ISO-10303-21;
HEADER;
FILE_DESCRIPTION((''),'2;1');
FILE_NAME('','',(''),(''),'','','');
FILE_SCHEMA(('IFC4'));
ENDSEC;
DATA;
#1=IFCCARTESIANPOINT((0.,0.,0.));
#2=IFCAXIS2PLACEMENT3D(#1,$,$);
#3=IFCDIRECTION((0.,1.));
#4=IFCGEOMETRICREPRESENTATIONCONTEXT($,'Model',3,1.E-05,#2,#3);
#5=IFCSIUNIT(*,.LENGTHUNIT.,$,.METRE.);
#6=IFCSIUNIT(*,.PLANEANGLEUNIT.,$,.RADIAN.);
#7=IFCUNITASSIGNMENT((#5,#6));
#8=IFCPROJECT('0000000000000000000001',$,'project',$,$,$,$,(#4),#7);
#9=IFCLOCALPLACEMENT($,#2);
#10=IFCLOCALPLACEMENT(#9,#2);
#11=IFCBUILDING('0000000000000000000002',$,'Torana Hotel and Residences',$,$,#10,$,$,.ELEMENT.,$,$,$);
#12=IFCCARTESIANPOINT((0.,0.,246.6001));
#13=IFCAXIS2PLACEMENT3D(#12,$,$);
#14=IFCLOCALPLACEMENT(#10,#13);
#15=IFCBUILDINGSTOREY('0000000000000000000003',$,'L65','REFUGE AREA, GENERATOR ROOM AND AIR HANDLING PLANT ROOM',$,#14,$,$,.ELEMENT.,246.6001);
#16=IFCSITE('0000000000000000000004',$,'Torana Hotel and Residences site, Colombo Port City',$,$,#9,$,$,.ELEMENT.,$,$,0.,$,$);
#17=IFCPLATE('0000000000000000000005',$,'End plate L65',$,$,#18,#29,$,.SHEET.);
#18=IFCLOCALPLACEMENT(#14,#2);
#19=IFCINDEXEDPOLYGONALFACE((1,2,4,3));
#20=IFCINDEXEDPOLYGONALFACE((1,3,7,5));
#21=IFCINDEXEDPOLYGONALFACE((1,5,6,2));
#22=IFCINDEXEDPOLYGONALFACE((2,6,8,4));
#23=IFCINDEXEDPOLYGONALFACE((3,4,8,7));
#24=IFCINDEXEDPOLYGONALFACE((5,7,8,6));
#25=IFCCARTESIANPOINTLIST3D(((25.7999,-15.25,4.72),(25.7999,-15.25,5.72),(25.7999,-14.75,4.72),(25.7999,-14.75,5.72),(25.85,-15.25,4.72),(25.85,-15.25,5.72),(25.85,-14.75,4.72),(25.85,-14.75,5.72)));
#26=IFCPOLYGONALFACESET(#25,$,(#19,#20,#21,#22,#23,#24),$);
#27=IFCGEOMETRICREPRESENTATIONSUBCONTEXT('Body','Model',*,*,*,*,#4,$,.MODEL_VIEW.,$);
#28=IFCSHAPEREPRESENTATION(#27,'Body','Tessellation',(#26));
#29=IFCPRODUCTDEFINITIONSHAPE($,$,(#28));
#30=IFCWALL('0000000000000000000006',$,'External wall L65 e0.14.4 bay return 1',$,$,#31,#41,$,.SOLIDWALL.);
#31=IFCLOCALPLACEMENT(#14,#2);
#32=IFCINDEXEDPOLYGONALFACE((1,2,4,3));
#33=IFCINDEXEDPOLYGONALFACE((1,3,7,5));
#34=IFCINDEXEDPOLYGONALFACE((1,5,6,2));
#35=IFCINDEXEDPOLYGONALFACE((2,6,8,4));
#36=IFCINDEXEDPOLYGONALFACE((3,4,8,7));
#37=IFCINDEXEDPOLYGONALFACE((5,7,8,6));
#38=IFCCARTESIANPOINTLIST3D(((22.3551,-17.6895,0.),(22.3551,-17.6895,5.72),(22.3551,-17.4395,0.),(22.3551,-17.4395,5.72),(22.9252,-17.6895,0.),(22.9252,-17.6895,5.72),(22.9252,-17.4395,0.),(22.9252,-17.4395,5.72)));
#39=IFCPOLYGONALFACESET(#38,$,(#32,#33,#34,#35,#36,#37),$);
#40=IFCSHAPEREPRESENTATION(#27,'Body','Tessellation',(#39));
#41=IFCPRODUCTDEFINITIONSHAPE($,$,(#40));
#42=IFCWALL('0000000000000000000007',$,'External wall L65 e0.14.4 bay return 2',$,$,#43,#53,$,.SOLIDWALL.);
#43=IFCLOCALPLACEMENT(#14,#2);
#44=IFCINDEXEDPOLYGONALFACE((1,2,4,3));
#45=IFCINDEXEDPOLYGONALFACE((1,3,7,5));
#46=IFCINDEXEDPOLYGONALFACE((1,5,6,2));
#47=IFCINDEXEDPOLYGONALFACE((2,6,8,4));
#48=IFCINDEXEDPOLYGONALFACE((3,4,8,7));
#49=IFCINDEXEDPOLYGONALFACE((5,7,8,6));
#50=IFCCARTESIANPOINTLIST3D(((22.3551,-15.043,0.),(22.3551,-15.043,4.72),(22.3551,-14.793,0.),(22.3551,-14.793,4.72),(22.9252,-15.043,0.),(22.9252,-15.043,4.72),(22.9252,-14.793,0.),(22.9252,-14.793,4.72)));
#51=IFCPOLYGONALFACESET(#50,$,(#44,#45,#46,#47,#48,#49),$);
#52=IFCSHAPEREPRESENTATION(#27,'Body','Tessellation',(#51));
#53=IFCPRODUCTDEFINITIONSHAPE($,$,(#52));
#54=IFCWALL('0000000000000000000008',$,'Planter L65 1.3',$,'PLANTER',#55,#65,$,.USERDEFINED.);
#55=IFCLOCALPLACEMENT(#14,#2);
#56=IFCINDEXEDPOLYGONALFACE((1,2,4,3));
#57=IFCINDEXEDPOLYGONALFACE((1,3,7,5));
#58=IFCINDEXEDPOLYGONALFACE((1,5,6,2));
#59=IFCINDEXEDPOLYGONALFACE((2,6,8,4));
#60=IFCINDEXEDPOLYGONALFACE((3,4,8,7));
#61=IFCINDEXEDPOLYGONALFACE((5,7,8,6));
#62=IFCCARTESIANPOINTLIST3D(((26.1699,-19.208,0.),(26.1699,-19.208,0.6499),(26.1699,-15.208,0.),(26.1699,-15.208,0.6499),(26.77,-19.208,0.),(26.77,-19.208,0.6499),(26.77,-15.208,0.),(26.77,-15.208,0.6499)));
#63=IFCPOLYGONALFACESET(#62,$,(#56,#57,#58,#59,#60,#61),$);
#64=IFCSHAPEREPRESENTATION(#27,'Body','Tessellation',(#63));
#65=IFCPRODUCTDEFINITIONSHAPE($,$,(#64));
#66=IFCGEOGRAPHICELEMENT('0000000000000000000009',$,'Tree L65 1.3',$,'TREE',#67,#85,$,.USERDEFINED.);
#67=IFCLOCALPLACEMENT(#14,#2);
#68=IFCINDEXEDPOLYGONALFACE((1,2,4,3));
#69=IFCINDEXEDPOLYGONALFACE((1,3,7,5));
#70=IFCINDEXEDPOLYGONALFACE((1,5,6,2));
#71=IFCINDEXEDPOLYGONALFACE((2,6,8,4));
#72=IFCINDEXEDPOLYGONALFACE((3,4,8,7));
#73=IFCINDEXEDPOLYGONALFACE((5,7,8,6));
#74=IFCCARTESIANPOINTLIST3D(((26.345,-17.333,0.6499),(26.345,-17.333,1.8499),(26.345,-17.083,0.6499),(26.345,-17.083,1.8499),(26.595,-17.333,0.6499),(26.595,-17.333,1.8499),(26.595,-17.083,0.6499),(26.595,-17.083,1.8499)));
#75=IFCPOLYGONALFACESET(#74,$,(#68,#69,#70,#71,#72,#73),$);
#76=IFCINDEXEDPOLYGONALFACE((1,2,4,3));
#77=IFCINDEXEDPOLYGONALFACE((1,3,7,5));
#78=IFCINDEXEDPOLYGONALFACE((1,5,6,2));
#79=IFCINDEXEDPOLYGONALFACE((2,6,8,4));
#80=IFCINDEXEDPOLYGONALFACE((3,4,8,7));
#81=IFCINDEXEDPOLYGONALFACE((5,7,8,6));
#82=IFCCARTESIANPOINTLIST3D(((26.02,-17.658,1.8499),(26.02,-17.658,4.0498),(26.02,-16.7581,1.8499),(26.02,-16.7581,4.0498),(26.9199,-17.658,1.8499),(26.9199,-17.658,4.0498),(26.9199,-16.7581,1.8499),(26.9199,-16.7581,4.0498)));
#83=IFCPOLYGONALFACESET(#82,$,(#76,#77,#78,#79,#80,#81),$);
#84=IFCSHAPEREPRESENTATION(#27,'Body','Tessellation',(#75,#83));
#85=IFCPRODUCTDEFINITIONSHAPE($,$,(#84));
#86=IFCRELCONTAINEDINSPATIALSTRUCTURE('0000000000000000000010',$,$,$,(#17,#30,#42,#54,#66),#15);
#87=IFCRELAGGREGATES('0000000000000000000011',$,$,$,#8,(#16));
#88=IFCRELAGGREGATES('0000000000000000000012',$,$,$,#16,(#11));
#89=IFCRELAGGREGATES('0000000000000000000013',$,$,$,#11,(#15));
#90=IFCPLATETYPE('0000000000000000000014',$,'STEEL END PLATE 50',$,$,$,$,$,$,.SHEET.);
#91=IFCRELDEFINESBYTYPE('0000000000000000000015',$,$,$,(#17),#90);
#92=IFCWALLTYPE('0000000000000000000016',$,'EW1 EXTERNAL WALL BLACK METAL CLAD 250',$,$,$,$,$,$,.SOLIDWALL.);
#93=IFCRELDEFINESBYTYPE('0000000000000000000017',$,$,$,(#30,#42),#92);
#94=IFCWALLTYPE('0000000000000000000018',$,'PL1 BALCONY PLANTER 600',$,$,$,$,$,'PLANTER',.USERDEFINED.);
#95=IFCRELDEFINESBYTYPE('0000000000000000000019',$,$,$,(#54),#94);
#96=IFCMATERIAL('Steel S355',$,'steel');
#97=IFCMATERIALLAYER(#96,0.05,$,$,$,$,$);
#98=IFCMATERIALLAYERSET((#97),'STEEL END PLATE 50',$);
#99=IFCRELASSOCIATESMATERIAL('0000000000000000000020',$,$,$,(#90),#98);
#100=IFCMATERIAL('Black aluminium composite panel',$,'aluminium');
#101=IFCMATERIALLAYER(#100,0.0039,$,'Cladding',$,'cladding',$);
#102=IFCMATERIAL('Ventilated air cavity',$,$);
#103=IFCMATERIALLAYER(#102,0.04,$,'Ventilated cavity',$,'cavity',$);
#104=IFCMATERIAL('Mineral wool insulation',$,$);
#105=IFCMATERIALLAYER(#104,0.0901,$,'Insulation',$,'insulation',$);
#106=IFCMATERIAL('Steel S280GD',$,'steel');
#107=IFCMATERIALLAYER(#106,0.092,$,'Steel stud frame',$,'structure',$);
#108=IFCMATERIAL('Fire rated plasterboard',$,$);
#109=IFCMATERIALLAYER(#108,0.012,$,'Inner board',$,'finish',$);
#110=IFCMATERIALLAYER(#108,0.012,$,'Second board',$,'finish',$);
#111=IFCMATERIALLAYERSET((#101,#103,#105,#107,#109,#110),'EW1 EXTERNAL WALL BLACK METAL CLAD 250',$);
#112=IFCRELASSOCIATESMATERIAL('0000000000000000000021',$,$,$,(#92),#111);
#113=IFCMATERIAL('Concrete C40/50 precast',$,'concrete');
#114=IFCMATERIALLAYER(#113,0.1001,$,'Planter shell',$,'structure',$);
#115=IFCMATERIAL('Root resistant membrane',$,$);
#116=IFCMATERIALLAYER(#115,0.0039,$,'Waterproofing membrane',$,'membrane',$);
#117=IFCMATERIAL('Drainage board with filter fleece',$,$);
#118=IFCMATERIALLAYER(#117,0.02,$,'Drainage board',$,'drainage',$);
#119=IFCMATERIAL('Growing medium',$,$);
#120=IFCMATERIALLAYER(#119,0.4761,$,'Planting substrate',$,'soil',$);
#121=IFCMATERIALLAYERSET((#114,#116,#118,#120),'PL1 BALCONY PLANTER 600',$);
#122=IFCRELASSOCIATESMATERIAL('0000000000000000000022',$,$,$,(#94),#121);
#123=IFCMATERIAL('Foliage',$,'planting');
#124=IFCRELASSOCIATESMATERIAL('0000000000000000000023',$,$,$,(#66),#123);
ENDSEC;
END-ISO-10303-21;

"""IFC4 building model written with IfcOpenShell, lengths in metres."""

from ifc_helpers import new_model, si_unit, direction, frame, frame_2d, origin, origin_2d, place, context, subcontext, project, spatial, rectangle, extrude, material, layer, layer_set, type_object, element, save


model = new_model("IFC4")

# Units and contexts
model_context = context("Model", 3, precision=1e-05, world=origin(), true_north=direction((0.0, 1.0)))
body_context = subcontext(model_context, "Body", "Model", "MODEL_VIEW")
ifc_project = project(units=[si_unit("LENGTHUNIT", "METRE"), si_unit("PLANEANGLEUNIT", "RADIAN")], contexts=[model_context])

# Site, building, storey
site_placement = place(None, origin())
site = spatial("IfcSite", under=ifc_project, at=site_placement, Name="Torana Hotel and Residences site, Colombo Port City", CompositionType="ELEMENT", RefElevation=0.0)
building_placement = place(site_placement, origin())
building = spatial("IfcBuilding", under=site, at=building_placement, Name="Torana Hotel and Residences", CompositionType="ELEMENT")
storey_placement = place(building_placement, frame((0.0, 0.0, 246.6001)))
storey = spatial("IfcBuildingStorey", under=building, at=storey_placement, Name="L65", Description="REFUGE AREA, GENERATOR ROOM AND AIR HANDLING PLANT ROOM", CompositionType="ELEMENT", Elevation=246.6001)

# Plate
ifc_material_1 = material(Name="Steel S355", Category="steel")
ifc_layer_1 = layer(ifc_material_1, 0.05)
ifc_layer_set_1 = layer_set([ifc_layer_1], Name="STEEL END PLATE 50")
plate_type = type_object("IfcPlateType", Name="STEEL END PLATE 50", PredefinedType="SHEET", material=ifc_layer_set_1)
for number, where, z_axis, x_axis, name in (
    (1, (25.825, -15.0, 4.72), (0.0, 0.0, 1.0), (1.0, 0.0, 0.0), "End plate L65"),
):
    element("IfcPlate", number, at=place(storey_placement, frame(where, z_axis=z_axis, x_axis=x_axis)), inside=storey, type_object=plate_type, Name=name, PredefinedType="SHEET", context=body_context, shape_type="SweptSolid", body=[
        extrude(rectangle(XDim=0.05, YDim=0.5, at=origin_2d()), origin(), (0.0, 0.0, 1.0), 1.0),
    ])

# Walls
ifc_material_2 = material(Name="Black aluminium composite panel", Category="aluminium")
ifc_layer_2 = layer(ifc_material_2, 0.0039, Name="Cladding", Category="cladding")
ifc_material_3 = material(Name="Ventilated air cavity")
ifc_layer_3 = layer(ifc_material_3, 0.04, Name="Ventilated cavity", Category="cavity")
ifc_material_4 = material(Name="Mineral wool insulation")
ifc_layer_4 = layer(ifc_material_4, 0.0901, Name="Insulation", Category="insulation")
ifc_material_5 = material(Name="Steel S280GD", Category="steel")
ifc_layer_5 = layer(ifc_material_5, 0.092, Name="Steel stud frame", Category="structure")
ifc_material_6 = material(Name="Fire rated plasterboard")
ifc_layer_6 = layer(ifc_material_6, 0.012, Name="Inner board", Category="finish")
ifc_layer_7 = layer(ifc_material_6, 0.012, Name="Second board", Category="finish")
ifc_layer_set_2 = layer_set([ifc_layer_2, ifc_layer_3, ifc_layer_4, ifc_layer_5, ifc_layer_6, ifc_layer_7], Name="EW1 EXTERNAL WALL BLACK METAL CLAD 250")
wall_type_1 = type_object("IfcWallType", Name="EW1 EXTERNAL WALL BLACK METAL CLAD 250", PredefinedType="SOLIDWALL", material=ifc_layer_set_2)
wall_1_placement = place(storey_placement, frame((22.355, -17.5645, 0.0), z_axis=(0.0, 0.0, 1.0), x_axis=(1.0, 0.0, 0.0)))
element("IfcWall", 2, at=wall_1_placement, inside=storey, type_object=wall_type_1, Name="External wall L65 e0.14.4 bay return 1", PredefinedType="SOLIDWALL", context=body_context, shape_type="SweptSolid", body=[
    extrude(rectangle(XDim=0.5701, YDim=0.25, at=frame_2d((0.2852, 0.0))), origin(), (0.0, 0.0, 1.0), 5.72),
])
wall_2_placement = place(storey_placement, frame((22.355, -14.918, 0.0), z_axis=(0.0, 0.0, 1.0), x_axis=(1.0, 0.0, 0.0)))
element("IfcWall", 3, at=wall_2_placement, inside=storey, type_object=wall_type_1, Name="External wall L65 e0.14.4 bay return 2", PredefinedType="SOLIDWALL", context=body_context, shape_type="SweptSolid", body=[
    extrude(rectangle(XDim=0.5701, YDim=0.25, at=frame_2d((0.2852, 0.0))), origin(), (0.0, 0.0, 1.0), 4.72),
])

# Wall
ifc_material_7 = material(Name="Concrete C40/50 precast", Category="concrete")
ifc_layer_8 = layer(ifc_material_7, 0.1001, Name="Planter shell", Category="structure")
ifc_material_8 = material(Name="Root resistant membrane")
ifc_layer_9 = layer(ifc_material_8, 0.0039, Name="Waterproofing membrane", Category="membrane")
ifc_material_9 = material(Name="Drainage board with filter fleece")
ifc_layer_10 = layer(ifc_material_9, 0.02, Name="Drainage board", Category="drainage")
ifc_material_10 = material(Name="Growing medium")
ifc_layer_11 = layer(ifc_material_10, 0.4761, Name="Planting substrate", Category="soil")
ifc_layer_set_3 = layer_set([ifc_layer_8, ifc_layer_9, ifc_layer_10, ifc_layer_11], Name="PL1 BALCONY PLANTER 600")
wall_type_2 = type_object("IfcWallType", Name="PL1 BALCONY PLANTER 600", ElementType="PLANTER", PredefinedType="USERDEFINED", material=ifc_layer_set_3)
wall_3_placement = place(storey_placement, frame((26.47, -15.208, 0.0), z_axis=(0.0, 0.0, 1.0), x_axis=(0.0, -1.0, 0.0)))
element("IfcWall", 4, at=wall_3_placement, inside=storey, type_object=wall_type_2, Name="Planter L65 1.3", ObjectType="PLANTER", PredefinedType="USERDEFINED", context=body_context, shape_type="SweptSolid", body=[
    extrude(rectangle(XDim=4.0, YDim=0.6001, at=frame_2d((2.0, 0.0))), origin(), (0.0, 0.0, 1.0), 0.6499),
])

# Geographic element
ifc_material_11 = material(Name="Foliage", Category="planting")
geographic_element_placement = place(storey_placement, frame((26.47, -17.208, 0.6499), z_axis=(0.0, 0.0, 1.0), x_axis=(1.0, 0.0, 0.0)))
element("IfcGeographicElement", 5, at=geographic_element_placement, inside=storey, material=ifc_material_11, Name="Tree L65 1.3", ObjectType="TREE", PredefinedType="USERDEFINED", context=body_context, shape_type="SweptSolid", body=[
    extrude(rectangle(XDim=0.25, YDim=0.25, at=origin_2d()), origin(), (0.0, 0.0, 1.0), 1.2),
    extrude(rectangle(XDim=0.8999, YDim=0.8999, at=origin_2d()), frame((0.0, 0.0, 1.2)), (0.0, 0.0, 1.0), 2.2),
])

save(model, "model.ifc")
